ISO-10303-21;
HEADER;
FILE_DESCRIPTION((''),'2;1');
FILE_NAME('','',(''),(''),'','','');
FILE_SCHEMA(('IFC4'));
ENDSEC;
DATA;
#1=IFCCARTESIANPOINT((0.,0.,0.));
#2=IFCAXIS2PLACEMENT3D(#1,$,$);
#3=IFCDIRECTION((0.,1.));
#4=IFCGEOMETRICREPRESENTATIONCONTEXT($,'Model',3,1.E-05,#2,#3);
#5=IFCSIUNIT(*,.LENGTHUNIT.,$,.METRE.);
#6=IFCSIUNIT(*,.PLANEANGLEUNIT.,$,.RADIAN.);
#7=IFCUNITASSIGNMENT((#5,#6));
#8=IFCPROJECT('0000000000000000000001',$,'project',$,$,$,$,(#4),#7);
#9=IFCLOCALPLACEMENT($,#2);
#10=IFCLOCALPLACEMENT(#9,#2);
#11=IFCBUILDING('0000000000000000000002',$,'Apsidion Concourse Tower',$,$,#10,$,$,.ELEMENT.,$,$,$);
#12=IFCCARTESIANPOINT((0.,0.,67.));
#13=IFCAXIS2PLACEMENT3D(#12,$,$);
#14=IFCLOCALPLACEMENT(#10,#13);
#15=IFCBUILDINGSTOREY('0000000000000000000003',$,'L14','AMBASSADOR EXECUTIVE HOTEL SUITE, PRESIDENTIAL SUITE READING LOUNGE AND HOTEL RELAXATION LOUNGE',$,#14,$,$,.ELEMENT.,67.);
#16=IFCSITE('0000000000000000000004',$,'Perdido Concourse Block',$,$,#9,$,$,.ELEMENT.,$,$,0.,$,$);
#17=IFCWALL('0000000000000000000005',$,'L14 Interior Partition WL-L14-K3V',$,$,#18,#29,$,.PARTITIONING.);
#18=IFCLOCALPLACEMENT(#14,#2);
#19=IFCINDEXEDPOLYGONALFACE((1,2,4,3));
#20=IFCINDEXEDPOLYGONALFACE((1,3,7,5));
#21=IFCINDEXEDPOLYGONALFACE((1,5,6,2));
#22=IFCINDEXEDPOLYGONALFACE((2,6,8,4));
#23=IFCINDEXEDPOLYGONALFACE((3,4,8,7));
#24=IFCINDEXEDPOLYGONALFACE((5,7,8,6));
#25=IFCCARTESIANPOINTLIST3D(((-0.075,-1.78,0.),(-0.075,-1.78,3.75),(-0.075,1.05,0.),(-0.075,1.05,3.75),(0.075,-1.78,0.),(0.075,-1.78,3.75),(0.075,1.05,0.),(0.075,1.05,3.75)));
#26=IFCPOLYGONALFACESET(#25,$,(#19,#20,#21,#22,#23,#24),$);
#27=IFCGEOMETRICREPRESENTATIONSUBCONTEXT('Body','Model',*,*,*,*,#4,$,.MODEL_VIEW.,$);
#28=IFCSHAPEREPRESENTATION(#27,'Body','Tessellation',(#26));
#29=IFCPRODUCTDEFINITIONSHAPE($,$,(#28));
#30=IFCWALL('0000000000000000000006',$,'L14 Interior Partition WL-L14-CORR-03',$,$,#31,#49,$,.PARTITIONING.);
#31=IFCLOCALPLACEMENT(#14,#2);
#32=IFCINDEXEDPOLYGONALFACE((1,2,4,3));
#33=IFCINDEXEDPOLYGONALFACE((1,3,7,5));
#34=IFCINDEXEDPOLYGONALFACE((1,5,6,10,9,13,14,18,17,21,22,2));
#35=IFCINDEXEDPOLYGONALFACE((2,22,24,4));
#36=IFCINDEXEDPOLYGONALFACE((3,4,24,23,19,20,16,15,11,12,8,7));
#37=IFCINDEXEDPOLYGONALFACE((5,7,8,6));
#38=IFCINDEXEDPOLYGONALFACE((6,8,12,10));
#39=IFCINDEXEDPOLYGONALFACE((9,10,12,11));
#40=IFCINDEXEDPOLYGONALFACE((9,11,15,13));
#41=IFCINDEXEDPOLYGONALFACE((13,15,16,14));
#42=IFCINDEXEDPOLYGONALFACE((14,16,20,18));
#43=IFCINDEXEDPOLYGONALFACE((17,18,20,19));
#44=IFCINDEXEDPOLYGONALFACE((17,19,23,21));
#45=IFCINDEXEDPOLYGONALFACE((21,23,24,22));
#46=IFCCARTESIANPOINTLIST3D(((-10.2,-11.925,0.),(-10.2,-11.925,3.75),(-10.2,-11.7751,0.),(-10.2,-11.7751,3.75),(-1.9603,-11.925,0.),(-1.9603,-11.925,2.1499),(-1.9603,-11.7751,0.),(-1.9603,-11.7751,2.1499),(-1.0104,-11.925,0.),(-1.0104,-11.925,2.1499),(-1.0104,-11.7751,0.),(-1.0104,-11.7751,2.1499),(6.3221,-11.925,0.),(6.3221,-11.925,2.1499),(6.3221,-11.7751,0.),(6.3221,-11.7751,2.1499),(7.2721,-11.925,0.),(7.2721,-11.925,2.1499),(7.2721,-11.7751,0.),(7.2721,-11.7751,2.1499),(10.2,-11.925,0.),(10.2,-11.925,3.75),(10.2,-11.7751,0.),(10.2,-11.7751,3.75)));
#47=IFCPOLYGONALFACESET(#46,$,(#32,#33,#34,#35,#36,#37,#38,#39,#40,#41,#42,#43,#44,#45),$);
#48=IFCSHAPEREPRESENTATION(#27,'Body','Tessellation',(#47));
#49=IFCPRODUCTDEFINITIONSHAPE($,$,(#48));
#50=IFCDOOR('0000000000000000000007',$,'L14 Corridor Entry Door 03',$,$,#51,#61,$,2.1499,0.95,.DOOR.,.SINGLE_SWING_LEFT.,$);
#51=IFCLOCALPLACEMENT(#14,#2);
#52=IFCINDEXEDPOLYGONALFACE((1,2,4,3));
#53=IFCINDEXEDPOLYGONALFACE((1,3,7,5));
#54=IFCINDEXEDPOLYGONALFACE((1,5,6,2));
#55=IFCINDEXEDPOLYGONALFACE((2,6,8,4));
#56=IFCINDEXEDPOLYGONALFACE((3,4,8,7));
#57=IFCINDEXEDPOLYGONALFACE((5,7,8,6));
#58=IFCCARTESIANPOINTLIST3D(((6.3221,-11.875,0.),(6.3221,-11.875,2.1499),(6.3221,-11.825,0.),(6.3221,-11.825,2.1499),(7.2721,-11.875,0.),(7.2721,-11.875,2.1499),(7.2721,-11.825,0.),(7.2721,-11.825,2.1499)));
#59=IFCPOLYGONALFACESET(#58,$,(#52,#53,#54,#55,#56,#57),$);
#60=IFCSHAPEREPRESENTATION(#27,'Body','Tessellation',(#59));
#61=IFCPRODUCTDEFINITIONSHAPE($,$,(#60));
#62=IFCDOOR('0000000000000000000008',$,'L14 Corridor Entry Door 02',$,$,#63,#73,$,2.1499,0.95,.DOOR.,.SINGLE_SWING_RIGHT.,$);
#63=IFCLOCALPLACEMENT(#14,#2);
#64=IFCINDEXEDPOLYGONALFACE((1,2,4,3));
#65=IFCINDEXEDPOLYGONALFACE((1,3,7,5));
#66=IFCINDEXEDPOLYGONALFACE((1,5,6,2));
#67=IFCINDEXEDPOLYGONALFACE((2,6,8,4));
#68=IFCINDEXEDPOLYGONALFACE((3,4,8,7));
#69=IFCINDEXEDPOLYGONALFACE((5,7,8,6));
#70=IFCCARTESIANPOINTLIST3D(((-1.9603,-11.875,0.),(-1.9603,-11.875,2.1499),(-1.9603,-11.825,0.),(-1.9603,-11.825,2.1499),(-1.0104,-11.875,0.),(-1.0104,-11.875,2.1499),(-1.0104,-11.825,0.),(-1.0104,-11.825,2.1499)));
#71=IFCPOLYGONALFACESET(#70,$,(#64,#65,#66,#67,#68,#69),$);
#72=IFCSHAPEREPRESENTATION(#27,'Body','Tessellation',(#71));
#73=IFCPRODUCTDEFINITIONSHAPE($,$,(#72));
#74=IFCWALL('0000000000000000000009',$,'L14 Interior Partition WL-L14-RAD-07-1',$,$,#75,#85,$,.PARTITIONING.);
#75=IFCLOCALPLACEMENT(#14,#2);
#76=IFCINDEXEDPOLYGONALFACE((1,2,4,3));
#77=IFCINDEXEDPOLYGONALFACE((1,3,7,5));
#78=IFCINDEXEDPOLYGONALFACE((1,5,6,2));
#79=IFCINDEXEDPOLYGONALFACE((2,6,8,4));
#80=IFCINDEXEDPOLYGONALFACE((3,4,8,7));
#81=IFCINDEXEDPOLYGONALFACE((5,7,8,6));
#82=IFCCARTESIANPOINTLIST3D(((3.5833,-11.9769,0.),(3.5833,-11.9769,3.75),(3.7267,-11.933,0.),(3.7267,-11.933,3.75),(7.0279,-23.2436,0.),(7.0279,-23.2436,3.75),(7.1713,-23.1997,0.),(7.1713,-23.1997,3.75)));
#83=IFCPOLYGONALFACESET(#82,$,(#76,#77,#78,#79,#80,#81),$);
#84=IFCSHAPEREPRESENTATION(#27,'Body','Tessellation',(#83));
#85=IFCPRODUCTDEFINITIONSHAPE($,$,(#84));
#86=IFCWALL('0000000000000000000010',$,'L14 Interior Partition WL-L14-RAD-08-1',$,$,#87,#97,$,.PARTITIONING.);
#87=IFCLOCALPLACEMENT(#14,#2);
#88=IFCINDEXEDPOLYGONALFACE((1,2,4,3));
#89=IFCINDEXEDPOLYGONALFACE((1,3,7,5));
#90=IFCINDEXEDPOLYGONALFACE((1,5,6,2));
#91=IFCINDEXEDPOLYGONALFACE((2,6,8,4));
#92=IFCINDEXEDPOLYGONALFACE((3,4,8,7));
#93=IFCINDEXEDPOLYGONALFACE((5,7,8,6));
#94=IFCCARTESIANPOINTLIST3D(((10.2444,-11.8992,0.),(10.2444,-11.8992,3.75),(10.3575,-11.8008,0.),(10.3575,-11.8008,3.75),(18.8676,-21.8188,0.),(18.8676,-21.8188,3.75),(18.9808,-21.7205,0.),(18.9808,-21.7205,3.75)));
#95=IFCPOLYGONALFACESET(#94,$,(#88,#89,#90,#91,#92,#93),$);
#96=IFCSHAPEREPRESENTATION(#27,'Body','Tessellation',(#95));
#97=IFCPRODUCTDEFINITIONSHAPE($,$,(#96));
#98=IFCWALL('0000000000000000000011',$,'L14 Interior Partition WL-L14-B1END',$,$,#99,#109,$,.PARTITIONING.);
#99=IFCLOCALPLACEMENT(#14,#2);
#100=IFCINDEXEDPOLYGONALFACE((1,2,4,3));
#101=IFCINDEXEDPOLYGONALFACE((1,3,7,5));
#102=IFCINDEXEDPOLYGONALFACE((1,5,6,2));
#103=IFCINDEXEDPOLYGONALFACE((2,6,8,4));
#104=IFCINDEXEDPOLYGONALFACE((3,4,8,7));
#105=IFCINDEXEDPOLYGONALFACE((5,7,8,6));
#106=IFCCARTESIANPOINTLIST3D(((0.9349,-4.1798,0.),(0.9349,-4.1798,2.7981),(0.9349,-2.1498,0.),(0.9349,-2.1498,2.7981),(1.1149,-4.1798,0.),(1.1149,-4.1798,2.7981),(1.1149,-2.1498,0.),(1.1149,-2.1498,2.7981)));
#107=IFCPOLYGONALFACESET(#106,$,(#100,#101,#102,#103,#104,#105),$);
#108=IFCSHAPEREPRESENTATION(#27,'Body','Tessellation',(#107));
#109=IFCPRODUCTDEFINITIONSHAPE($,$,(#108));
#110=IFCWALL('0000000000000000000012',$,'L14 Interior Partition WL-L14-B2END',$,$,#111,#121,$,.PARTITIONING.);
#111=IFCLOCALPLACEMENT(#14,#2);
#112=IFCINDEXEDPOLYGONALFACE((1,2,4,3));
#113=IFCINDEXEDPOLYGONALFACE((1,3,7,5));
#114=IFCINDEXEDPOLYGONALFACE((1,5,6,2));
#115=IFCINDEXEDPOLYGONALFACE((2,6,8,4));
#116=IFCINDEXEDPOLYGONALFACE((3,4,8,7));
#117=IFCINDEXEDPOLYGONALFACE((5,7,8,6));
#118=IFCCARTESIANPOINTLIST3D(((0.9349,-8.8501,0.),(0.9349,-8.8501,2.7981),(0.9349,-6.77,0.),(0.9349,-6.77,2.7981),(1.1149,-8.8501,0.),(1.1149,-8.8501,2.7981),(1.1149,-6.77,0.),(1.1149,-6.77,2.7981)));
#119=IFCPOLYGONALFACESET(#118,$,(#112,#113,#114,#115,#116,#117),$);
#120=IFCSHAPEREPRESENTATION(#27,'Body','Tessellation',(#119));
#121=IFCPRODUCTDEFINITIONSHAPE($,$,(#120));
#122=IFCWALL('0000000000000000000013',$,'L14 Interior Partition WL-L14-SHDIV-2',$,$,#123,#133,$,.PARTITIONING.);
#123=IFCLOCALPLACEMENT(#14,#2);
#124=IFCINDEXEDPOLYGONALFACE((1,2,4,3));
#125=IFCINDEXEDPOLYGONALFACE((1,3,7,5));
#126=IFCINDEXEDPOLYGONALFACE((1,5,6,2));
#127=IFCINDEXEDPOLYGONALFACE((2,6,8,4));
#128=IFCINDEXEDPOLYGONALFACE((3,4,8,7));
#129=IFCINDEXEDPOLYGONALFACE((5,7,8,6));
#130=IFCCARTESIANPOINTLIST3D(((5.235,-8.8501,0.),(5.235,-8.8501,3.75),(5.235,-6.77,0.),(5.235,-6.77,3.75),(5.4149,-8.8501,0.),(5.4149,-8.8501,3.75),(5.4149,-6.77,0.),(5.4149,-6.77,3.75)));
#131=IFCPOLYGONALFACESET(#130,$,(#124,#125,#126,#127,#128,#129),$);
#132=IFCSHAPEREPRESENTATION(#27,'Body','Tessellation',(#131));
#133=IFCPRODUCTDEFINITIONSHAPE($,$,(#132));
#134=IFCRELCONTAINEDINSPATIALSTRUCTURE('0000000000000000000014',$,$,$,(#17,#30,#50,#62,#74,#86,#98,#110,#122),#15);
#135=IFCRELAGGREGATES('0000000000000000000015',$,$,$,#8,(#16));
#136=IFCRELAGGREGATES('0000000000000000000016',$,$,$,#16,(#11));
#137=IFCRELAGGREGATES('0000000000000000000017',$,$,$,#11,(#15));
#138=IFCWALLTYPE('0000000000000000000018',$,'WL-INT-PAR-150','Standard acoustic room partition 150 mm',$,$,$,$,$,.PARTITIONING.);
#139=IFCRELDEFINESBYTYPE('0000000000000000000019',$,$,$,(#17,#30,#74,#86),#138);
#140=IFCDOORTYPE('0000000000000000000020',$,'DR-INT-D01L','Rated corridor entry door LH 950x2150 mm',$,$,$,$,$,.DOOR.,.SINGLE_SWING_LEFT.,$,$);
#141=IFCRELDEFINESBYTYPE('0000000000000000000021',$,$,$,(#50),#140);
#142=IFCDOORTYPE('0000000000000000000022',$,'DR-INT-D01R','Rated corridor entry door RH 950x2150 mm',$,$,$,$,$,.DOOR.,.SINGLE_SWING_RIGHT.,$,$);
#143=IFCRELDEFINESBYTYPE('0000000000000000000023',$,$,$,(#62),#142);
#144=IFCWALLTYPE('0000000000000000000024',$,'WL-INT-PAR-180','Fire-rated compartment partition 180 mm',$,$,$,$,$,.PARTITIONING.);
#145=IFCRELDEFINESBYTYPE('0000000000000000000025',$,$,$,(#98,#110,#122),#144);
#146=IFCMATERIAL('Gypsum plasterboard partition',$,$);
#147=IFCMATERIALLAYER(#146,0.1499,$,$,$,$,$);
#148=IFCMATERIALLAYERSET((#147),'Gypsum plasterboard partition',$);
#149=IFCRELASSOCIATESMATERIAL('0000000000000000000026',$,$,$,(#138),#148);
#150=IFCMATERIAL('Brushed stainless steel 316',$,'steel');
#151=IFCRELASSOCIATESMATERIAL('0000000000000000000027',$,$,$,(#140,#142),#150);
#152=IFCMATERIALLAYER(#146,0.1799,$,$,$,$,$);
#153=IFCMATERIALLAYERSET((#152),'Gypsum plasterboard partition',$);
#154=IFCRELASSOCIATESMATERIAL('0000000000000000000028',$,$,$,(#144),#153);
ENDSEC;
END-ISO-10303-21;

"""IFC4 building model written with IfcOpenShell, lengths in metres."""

from ifc_helpers import new_model, si_unit, direction, frame, frame_2d, origin, place, context, subcontext, project, spatial, rectangle, extrude, material, layer, layer_set, type_object, element, fill, save


model = new_model("IFC4")

# Units and contexts
model_context = context("Model", 3, precision=1e-05, world=origin(), true_north=direction((0.0, 1.0)))
body_context = subcontext(model_context, "Body", "Model", "MODEL_VIEW")
ifc_project = project(units=[si_unit("LENGTHUNIT", "METRE"), si_unit("PLANEANGLEUNIT", "RADIAN")], contexts=[model_context])

# Site, building, storey
site_placement = place(None, origin())
site = spatial("IfcSite", under=ifc_project, at=site_placement, Name="Perdido Concourse Block", CompositionType="ELEMENT", RefElevation=0.0)
building_placement = place(site_placement, origin())
building = spatial("IfcBuilding", under=site, at=building_placement, Name="Apsidion Concourse Tower", CompositionType="ELEMENT")
storey_placement = place(building_placement, frame((0.0, 0.0, 67.0)))
storey = spatial("IfcBuildingStorey", under=building, at=storey_placement, Name="L14", Description="AMBASSADOR EXECUTIVE HOTEL SUITE, PRESIDENTIAL SUITE READING LOUNGE AND HOTEL RELAXATION LOUNGE", CompositionType="ELEMENT", Elevation=67.0)

# Wall
ifc_material_1 = material(Name="Gypsum plasterboard partition")
ifc_layer_1 = layer(ifc_material_1, 0.1499)
ifc_layer_set_1 = layer_set([ifc_layer_1], Name="Gypsum plasterboard partition")
wall_type_1 = type_object("IfcWallType", Name="WL-INT-PAR-150", Description="Standard acoustic room partition 150 mm", PredefinedType="PARTITIONING", material=ifc_layer_set_1)
wall_1_placement = place(storey_placement, frame((0.0, -1.78, 0.0), z_axis=(0.0, 0.0, 1.0), x_axis=(0.0, 1.0, 0.0)))
element("IfcWall", 1, at=wall_1_placement, inside=storey, type_object=wall_type_1, Name="L14 Interior Partition WL-L14-K3V", PredefinedType="PARTITIONING", context=body_context, shape_type="SweptSolid", body=[
    extrude(rectangle(XDim=2.8301, YDim=0.1499, at=frame_2d((1.415, 0.0))), origin(), (0.0, 0.0, 1.0), 3.75),
])

# Wall, openings, doors
wall_2_placement = place(storey_placement, frame((10.2, -11.8501, 0.0), z_axis=(0.0, 0.0, 1.0), x_axis=(-1.0, 0.0, 0.0)))
wall_2 = element("IfcWall", 2, at=wall_2_placement, inside=storey, type_object=wall_type_1, Name="L14 Interior Partition WL-L14-CORR-03", PredefinedType="PARTITIONING", context=body_context, shape_type="SweptSolid", body=[
    extrude(rectangle(XDim=20.3999, YDim=0.1499, at=frame_2d((10.2, 0.0))), origin(), (0.0, 0.0, 1.0), 3.75),
])
opening_1_placement = place(wall_2_placement, frame((11.2102, 0.0, 0.0)))
opening_1 = element("IfcOpeningElement", 3, at=opening_1_placement, cuts=wall_2, PredefinedType="OPENING", context=body_context, shape_type="SweptSolid", body=[
    extrude(rectangle(XDim=0.95, YDim=2.1499, at=frame_2d((0.4751, 1.075))), frame((0.0, 0.085, 0.0), z_axis=(0.0, -1.0, 0.0), x_axis=(1.0, 0.0, 0.0)), (0.0, 0.0, 1.0), 0.1699),
])
opening_2_placement = place(wall_2_placement, frame((2.9277, 0.0, 0.0)))
opening_2 = element("IfcOpeningElement", 4, at=opening_2_placement, cuts=wall_2, PredefinedType="OPENING", context=body_context, shape_type="SweptSolid", body=[
    extrude(rectangle(XDim=0.95, YDim=2.1499, at=frame_2d((0.4751, 1.075))), frame((0.0, 0.085, 0.0), z_axis=(0.0, -1.0, 0.0), x_axis=(1.0, 0.0, 0.0)), (0.0, 0.0, 1.0), 0.1699),
])
ifc_material_2 = material(Name="Brushed stainless steel 316", Category="steel")
door_type_1 = type_object("IfcDoorType", Name="DR-INT-D01L", Description="Rated corridor entry door LH 950x2150 mm", OperationType="SINGLE_SWING_LEFT", PredefinedType="DOOR", material=ifc_material_2)
door_1_placement = place(opening_2_placement, origin())
door_1 = element("IfcDoor", 5, at=door_1_placement, inside=storey, type_object=door_type_1, Name="L14 Corridor Entry Door 03", OperationType="SINGLE_SWING_LEFT", OverallHeight=2.1499, OverallWidth=0.95, PredefinedType="DOOR", context=body_context, shape_type="SweptSolid", body=[
    extrude(rectangle(XDim=0.95, YDim=2.1499, at=frame_2d((0.4751, 1.075))), frame((0.0, 0.0249, 0.0), z_axis=(0.0, -1.0, 0.0), x_axis=(1.0, 0.0, 0.0)), (0.0, 0.0, 1.0), 0.05),
])
fill(opening_2, door_1)
door_type_2 = type_object("IfcDoorType", Name="DR-INT-D01R", Description="Rated corridor entry door RH 950x2150 mm", OperationType="SINGLE_SWING_RIGHT", PredefinedType="DOOR", material=ifc_material_2)
door_2_placement = place(opening_1_placement, origin())
door_2 = element("IfcDoor", 6, at=door_2_placement, inside=storey, type_object=door_type_2, Name="L14 Corridor Entry Door 02", OperationType="SINGLE_SWING_RIGHT", OverallHeight=2.1499, OverallWidth=0.95, PredefinedType="DOOR", context=body_context, shape_type="SweptSolid", body=[
    extrude(rectangle(XDim=0.95, YDim=2.1499, at=frame_2d((0.4751, 1.075))), frame((0.0, 0.0249, 0.0), z_axis=(0.0, -1.0, 0.0), x_axis=(1.0, 0.0, 0.0)), (0.0, 0.0, 1.0), 0.05),
])
fill(opening_1, door_2)

# Walls
wall_3_placement = place(storey_placement, frame((3.655, -11.9551, 0.0), z_axis=(0.0, 0.0, 1.0), x_axis=(0.292374, -0.956304, 0.0)))
element("IfcWall", 7, at=wall_3_placement, inside=storey, type_object=wall_type_1, Name="L14 Interior Partition WL-L14-RAD-07-1", PredefinedType="PARTITIONING", context=body_context, shape_type="SweptSolid", body=[
    extrude(rectangle(XDim=11.7815, YDim=0.1499, at=frame_2d((5.8906, 0.0))), origin(), (0.0, 0.0, 1.0), 3.75),
])
wall_4_placement = place(storey_placement, frame((10.301, -11.8501, 0.0), z_axis=(0.0, 0.0, 1.0), x_axis=(0.65607, -0.7547, 0.0)))
element("IfcWall", 8, at=wall_4_placement, inside=storey, type_object=wall_type_1, Name="L14 Interior Partition WL-L14-RAD-08-1", PredefinedType="PARTITIONING", context=body_context, shape_type="SweptSolid", body=[
    extrude(rectangle(XDim=13.1438, YDim=0.1499, at=frame_2d((6.5718, 0.0))), origin(), (0.0, 0.0, 1.0), 3.75),
])
ifc_layer_2 = layer(ifc_material_1, 0.1799)
ifc_layer_set_2 = layer_set([ifc_layer_2], Name="Gypsum plasterboard partition")
wall_type_2 = type_object("IfcWallType", Name="WL-INT-PAR-180", Description="Fire-rated compartment partition 180 mm", PredefinedType="PARTITIONING", material=ifc_layer_set_2)
wall_5_placement = place(storey_placement, frame((1.0249, -4.1799, 0.0), z_axis=(0.0, 0.0, 1.0), x_axis=(0.0, 1.0, 0.0)))
element("IfcWall", 9, at=wall_5_placement, inside=storey, type_object=wall_type_2, Name="L14 Interior Partition WL-L14-B1END", PredefinedType="PARTITIONING", context=body_context, shape_type="SweptSolid", body=[
    extrude(rectangle(XDim=2.03, YDim=0.1799, at=frame_2d((1.0151, 0.0))), origin(), (0.0, 0.0, 1.0), 2.7981),
])
wall_6_placement = place(storey_placement, frame((1.0249, -8.8501, 0.0), z_axis=(0.0, 0.0, 1.0), x_axis=(0.0, 1.0, 0.0)))
element("IfcWall", 10, at=wall_6_placement, inside=storey, type_object=wall_type_2, Name="L14 Interior Partition WL-L14-B2END", PredefinedType="PARTITIONING", context=body_context, shape_type="SweptSolid", body=[
    extrude(rectangle(XDim=2.0801, YDim=0.1799, at=frame_2d((1.04, 0.0))), origin(), (0.0, 0.0, 1.0), 2.7981),
])
wall_7_placement = place(storey_placement, frame((5.325, -8.8501, 0.0), z_axis=(0.0, 0.0, 1.0), x_axis=(0.0, 1.0, 0.0)))
element("IfcWall", 11, at=wall_7_placement, inside=storey, type_object=wall_type_2, Name="L14 Interior Partition WL-L14-SHDIV-2", PredefinedType="PARTITIONING", context=body_context, shape_type="SweptSolid", body=[
    extrude(rectangle(XDim=2.0801, YDim=0.1799, at=frame_2d((1.04, 0.0))), origin(), (0.0, 0.0, 1.0), 3.75),
])

save(model, "model.ifc")
